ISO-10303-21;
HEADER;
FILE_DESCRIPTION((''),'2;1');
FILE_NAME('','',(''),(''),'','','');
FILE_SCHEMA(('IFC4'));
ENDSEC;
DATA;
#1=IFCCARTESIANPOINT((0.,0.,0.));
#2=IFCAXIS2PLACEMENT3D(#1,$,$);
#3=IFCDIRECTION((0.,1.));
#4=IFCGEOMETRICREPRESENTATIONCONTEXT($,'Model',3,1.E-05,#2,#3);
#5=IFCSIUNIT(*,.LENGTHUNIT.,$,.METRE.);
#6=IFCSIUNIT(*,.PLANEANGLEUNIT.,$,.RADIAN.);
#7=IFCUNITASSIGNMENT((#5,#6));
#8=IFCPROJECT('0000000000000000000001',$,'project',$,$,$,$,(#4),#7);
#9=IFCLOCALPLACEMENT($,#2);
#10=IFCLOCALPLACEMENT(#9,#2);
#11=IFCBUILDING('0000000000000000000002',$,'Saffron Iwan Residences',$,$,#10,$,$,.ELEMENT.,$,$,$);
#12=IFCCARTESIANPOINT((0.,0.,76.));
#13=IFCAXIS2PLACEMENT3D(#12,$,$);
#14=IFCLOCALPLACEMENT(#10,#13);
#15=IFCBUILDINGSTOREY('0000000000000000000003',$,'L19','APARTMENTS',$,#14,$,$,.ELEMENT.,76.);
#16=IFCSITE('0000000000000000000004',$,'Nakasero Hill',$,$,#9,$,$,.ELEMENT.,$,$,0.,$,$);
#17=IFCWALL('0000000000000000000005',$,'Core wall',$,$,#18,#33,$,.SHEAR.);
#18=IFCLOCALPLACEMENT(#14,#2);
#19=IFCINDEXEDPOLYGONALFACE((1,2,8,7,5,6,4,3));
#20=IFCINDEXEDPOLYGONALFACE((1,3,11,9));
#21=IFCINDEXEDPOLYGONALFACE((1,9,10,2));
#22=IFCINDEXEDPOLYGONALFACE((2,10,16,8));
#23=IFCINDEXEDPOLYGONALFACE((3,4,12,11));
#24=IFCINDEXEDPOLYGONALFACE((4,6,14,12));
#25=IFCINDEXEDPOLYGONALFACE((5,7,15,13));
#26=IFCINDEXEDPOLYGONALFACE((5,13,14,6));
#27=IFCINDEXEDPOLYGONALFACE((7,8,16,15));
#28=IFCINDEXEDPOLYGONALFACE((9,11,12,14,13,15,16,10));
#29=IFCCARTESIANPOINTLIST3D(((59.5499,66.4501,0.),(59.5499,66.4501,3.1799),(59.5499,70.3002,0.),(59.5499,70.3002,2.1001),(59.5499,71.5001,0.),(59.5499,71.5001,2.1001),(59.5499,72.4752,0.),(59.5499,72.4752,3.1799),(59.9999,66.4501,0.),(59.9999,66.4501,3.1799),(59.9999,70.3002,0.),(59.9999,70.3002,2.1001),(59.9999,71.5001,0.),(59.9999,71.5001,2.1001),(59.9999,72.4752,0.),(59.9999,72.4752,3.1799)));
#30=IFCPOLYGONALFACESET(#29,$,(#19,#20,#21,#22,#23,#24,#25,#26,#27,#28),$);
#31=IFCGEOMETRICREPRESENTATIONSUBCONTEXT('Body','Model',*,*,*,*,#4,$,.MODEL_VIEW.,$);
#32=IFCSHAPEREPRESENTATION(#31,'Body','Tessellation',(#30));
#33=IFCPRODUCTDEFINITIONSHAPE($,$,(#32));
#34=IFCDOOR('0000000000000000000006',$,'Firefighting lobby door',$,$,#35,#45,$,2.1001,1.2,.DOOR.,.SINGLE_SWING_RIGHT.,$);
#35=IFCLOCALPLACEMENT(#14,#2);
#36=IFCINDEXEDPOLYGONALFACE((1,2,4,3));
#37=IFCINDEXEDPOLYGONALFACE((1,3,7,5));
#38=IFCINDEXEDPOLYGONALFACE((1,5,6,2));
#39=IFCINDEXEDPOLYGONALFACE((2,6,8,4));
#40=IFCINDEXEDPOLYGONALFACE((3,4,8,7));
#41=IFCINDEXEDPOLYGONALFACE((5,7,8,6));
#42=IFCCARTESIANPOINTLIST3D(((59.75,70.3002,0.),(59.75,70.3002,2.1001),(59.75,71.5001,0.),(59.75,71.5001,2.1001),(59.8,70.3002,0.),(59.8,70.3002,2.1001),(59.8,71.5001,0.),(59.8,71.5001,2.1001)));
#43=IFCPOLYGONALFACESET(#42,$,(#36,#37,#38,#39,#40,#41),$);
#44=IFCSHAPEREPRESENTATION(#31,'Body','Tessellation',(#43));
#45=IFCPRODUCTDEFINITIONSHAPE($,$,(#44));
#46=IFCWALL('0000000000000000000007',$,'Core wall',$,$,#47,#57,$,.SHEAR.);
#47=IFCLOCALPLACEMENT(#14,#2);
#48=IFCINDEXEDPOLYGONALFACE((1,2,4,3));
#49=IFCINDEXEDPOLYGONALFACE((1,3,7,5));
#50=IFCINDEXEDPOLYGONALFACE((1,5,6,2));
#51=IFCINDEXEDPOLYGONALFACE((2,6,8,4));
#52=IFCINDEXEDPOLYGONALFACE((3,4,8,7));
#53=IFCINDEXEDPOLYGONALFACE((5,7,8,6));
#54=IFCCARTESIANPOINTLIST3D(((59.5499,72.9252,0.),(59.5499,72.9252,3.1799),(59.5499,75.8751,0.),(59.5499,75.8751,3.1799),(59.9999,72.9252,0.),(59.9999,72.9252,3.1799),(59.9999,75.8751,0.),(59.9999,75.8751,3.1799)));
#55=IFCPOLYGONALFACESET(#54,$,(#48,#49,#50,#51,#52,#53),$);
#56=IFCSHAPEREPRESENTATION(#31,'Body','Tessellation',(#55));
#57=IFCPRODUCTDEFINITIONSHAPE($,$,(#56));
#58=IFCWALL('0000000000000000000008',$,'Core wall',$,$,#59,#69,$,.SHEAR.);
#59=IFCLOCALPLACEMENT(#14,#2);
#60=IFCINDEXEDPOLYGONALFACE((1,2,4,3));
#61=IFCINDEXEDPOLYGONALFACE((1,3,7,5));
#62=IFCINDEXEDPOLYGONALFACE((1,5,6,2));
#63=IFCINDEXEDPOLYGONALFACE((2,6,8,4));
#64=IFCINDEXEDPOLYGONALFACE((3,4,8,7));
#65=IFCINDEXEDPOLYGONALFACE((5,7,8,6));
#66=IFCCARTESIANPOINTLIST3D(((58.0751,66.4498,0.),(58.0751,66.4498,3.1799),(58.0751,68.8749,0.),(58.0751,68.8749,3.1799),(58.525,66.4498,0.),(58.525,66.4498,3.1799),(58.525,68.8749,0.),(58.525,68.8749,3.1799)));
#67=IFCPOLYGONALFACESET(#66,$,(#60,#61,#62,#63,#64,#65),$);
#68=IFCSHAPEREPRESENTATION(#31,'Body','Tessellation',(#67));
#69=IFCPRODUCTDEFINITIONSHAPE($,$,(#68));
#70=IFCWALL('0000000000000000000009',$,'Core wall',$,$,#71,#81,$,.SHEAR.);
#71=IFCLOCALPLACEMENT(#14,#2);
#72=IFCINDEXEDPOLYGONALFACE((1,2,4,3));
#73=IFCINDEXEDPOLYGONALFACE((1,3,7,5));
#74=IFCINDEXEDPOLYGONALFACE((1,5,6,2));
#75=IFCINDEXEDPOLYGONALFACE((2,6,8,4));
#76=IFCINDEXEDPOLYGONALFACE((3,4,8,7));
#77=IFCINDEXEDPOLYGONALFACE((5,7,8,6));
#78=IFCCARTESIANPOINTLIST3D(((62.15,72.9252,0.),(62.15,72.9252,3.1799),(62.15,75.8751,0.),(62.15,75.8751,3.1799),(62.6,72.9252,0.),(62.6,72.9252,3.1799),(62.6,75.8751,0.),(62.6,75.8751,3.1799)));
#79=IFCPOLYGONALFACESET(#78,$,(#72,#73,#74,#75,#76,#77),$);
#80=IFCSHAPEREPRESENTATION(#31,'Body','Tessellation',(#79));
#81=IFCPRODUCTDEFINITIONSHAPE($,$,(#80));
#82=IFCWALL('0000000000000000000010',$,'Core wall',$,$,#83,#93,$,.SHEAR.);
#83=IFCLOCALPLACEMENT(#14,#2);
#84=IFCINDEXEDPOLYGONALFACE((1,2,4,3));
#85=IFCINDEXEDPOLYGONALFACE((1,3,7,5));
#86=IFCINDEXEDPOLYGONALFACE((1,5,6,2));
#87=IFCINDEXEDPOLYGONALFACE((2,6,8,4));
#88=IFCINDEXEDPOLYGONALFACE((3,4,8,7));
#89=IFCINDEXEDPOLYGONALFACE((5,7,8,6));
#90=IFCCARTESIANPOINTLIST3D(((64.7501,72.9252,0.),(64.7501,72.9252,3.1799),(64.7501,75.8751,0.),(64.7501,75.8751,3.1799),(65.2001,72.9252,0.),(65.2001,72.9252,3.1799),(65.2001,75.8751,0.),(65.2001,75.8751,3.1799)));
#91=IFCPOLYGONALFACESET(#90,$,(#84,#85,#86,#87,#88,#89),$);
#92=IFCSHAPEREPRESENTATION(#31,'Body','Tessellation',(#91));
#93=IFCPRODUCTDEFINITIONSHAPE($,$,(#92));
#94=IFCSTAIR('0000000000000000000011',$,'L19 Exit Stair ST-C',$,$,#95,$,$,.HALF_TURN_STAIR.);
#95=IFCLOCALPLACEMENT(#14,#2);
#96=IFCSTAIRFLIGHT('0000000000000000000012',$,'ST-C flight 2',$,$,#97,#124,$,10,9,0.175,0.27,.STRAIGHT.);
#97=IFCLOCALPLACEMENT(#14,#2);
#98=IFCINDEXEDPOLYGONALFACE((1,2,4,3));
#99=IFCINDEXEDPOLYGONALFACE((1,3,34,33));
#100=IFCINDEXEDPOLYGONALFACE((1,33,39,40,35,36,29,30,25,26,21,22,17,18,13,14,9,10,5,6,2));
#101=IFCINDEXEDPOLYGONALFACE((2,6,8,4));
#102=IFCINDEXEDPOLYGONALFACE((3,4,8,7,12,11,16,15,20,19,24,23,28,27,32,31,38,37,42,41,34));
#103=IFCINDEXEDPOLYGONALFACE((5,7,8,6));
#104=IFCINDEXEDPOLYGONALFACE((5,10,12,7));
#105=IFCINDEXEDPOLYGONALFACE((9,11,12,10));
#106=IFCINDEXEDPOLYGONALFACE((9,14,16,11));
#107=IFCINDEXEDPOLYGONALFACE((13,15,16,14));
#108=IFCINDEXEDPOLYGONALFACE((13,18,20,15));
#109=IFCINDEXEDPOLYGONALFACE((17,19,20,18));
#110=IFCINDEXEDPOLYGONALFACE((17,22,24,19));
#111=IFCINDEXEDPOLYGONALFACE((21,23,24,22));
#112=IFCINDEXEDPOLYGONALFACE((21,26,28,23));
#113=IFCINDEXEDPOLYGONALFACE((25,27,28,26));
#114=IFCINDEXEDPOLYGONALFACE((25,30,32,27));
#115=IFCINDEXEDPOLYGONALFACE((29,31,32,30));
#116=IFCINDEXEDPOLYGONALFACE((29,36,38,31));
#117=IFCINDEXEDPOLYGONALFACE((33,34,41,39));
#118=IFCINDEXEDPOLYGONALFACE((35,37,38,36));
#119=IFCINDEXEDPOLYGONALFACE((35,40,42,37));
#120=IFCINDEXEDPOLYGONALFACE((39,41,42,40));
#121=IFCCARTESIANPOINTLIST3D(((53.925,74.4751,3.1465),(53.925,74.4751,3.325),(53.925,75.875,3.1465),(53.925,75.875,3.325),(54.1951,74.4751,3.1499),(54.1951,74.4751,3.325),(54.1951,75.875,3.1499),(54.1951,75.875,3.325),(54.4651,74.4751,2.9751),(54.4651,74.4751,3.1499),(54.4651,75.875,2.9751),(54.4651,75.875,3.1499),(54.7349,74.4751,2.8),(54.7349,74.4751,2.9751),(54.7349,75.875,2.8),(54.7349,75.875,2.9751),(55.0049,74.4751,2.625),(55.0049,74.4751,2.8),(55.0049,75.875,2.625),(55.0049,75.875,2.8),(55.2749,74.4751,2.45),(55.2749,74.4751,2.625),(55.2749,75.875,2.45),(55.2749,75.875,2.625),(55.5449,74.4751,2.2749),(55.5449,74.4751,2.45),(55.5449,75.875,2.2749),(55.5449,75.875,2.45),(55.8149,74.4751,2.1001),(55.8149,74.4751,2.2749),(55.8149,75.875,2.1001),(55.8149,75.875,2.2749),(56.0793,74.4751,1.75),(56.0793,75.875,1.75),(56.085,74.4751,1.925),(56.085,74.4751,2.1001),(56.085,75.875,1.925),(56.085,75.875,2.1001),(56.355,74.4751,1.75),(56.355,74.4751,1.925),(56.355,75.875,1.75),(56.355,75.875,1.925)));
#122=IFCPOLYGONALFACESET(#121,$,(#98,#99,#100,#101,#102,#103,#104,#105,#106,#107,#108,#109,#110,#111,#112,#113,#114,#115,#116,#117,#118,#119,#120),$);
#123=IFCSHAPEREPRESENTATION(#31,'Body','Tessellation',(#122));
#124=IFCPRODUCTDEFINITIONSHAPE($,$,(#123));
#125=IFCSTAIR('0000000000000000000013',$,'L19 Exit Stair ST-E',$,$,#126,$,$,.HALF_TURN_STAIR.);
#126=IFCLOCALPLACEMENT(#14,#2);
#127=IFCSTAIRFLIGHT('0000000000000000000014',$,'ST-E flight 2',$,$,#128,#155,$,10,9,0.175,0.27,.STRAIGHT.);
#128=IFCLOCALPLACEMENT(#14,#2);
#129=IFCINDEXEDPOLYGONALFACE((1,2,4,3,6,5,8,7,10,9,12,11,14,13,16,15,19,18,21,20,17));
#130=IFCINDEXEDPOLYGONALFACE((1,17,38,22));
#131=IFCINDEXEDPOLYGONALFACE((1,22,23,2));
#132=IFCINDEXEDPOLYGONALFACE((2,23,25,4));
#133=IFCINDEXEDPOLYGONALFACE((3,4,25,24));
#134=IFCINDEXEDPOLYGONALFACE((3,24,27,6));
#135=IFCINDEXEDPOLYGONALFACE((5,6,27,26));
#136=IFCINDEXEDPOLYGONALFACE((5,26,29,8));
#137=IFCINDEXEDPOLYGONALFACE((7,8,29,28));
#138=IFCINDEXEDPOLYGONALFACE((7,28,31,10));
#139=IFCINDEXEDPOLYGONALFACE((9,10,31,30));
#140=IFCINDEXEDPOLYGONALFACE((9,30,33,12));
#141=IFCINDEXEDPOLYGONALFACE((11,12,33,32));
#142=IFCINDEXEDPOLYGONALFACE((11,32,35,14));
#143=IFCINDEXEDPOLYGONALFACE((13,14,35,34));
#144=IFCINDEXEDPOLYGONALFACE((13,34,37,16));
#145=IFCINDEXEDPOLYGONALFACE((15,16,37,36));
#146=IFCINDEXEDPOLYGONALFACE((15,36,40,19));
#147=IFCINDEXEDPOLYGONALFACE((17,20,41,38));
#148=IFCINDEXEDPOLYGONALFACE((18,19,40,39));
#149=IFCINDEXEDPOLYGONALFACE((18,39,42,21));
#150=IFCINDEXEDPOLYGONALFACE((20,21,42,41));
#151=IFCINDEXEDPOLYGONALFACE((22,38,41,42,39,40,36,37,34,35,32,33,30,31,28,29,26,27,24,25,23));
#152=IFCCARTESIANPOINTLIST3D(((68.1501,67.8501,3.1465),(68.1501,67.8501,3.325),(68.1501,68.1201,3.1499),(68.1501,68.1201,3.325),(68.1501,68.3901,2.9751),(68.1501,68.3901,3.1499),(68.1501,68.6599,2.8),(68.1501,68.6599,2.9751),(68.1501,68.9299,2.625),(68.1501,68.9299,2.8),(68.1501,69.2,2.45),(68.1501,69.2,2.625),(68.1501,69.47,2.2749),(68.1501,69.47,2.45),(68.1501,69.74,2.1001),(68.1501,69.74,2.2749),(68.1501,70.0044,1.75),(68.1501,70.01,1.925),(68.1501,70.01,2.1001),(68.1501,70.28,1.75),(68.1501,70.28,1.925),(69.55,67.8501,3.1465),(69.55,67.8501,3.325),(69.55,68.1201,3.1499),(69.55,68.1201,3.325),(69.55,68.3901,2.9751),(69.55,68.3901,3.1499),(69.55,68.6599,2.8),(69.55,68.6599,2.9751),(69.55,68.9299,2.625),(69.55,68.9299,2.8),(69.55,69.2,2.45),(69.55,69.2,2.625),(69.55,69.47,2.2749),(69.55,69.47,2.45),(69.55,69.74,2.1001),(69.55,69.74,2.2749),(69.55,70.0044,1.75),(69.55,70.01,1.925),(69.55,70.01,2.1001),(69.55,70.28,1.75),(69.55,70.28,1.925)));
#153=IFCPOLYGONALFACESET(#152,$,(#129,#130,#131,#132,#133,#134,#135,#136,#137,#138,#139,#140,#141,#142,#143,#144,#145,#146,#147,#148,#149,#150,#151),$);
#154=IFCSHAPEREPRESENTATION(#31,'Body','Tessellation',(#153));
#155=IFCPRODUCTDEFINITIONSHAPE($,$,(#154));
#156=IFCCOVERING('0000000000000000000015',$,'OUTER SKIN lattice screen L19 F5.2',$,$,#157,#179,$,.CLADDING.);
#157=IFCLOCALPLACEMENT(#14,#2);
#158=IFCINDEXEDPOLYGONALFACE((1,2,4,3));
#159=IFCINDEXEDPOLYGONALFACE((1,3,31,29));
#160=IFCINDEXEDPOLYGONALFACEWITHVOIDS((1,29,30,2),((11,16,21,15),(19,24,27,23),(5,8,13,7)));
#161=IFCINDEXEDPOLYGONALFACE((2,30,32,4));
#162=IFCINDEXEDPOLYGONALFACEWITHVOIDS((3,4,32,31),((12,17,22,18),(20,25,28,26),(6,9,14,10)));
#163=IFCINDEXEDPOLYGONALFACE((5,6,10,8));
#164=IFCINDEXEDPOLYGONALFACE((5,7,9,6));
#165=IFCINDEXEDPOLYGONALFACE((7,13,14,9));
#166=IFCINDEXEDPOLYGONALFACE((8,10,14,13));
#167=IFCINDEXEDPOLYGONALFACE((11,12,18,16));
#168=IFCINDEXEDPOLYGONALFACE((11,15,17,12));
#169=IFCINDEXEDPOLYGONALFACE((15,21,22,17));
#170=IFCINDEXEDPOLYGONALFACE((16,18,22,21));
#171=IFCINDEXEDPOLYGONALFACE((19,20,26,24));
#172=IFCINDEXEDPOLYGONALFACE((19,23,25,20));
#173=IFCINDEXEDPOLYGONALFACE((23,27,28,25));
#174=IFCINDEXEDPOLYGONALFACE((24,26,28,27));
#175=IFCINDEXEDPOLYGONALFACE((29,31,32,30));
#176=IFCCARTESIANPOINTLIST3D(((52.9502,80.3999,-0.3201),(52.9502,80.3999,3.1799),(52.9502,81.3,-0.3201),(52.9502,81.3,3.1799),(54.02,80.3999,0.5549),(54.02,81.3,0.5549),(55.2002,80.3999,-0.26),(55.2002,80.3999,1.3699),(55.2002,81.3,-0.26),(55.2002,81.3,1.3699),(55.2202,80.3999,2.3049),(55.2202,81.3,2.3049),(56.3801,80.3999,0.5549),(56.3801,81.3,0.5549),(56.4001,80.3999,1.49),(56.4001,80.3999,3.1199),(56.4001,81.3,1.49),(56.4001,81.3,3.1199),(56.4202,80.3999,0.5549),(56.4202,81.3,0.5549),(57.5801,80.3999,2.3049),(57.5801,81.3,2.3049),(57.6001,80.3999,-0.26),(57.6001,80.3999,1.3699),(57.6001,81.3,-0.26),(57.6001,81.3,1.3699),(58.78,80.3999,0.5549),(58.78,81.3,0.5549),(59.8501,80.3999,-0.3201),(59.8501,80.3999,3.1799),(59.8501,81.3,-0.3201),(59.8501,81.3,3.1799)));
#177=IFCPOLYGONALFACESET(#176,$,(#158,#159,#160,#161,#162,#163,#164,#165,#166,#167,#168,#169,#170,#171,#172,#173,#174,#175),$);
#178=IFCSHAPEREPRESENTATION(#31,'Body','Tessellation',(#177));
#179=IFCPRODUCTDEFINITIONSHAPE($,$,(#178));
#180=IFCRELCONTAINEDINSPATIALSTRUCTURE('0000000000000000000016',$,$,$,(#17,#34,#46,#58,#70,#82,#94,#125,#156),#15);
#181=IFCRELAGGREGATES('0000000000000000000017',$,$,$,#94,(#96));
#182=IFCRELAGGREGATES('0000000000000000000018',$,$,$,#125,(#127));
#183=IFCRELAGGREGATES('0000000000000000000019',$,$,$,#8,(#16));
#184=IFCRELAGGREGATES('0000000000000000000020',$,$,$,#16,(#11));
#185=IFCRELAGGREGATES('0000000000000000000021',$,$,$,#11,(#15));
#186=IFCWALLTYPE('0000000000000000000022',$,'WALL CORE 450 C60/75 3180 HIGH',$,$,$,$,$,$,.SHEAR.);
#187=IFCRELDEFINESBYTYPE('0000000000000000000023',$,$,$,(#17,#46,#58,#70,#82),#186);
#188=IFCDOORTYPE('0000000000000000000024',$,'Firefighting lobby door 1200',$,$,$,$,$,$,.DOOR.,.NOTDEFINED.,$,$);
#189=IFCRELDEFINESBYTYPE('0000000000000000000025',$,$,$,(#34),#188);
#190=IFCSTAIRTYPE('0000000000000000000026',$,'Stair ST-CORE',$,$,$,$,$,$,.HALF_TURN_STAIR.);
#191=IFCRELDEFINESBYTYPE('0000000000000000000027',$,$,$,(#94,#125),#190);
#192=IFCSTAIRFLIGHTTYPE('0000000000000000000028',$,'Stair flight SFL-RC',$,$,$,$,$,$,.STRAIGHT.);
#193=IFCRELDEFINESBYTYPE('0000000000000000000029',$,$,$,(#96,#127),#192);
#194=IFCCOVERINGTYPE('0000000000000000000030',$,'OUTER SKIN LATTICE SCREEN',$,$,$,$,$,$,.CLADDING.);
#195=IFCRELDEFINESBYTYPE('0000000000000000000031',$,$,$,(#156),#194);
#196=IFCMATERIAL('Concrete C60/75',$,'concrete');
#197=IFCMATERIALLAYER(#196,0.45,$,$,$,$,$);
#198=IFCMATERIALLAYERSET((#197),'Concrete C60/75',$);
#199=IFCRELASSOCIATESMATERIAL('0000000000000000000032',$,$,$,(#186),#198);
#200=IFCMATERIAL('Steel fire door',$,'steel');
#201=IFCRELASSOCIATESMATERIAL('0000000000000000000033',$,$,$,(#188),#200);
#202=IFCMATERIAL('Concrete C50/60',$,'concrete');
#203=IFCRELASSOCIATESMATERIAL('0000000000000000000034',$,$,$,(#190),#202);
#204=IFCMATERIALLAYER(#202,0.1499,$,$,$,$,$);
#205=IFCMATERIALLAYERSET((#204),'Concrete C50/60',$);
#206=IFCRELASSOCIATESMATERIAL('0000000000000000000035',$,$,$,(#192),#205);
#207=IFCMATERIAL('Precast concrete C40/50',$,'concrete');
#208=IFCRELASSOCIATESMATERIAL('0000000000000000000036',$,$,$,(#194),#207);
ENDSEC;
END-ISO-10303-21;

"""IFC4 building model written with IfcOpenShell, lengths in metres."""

from ifc_helpers import new_model, si_unit, direction, frame, frame_2d, origin, place, context, subcontext, project, spatial, polyline, rectangle, outline, extrude, material, layer, layer_set, type_object, element, fill, aggregate, save


model = new_model("IFC4")

# Units and contexts
model_context = context("Model", 3, precision=1e-05, world=origin(), true_north=direction((0.0, 1.0)))
body_context = subcontext(model_context, "Body", "Model", "MODEL_VIEW")
ifc_project = project(units=[si_unit("LENGTHUNIT", "METRE"), si_unit("PLANEANGLEUNIT", "RADIAN")], contexts=[model_context])

# Site, building, storey
site_placement = place(None, origin())
site = spatial("IfcSite", under=ifc_project, at=site_placement, Name="Nakasero Hill", CompositionType="ELEMENT", RefElevation=0.0)
building_placement = place(site_placement, origin())
building = spatial("IfcBuilding", under=site, at=building_placement, Name="Saffron Iwan Residences", CompositionType="ELEMENT")
storey_placement = place(building_placement, frame((0.0, 0.0, 76.0)))
storey = spatial("IfcBuildingStorey", under=building, at=storey_placement, Name="L19", Description="APARTMENTS", CompositionType="ELEMENT", Elevation=76.0)

# Shared definitions
ifc_material_1 = material(Name="Concrete C60/75", Category="concrete")

# Shared definitions
ifc_layer_1 = layer(ifc_material_1, 0.45)
ifc_layer_set_1 = layer_set([ifc_layer_1], Name="Concrete C60/75")
wall_type_1 = type_object("IfcWallType", Name="WALL CORE 450 C60/75 3180 HIGH", PredefinedType="SHEAR", material=ifc_layer_set_1)

# Wall, opening, door
ifc_material_2 = material(Name="Steel fire door", Category="steel")
wall_1_placement = place(storey_placement, frame((59.7749, 66.45, 0.0), z_axis=(0.0, 0.0, 1.0), x_axis=(0.0, 1.0, 0.0)))
wall_1 = element("IfcWall", 1, at=wall_1_placement, inside=storey, type_object=wall_type_1, Name="Core wall", PredefinedType="SHEAR", context=body_context, shape_type="SweptSolid", body=[
    extrude(rectangle(XDim=6.0251, YDim=0.45, at=frame_2d((3.0127, 0.0))), origin(), (0.0, 0.0, 1.0), 3.1799),
])
opening_1_placement = place(wall_1_placement, frame((3.8501, 0.0, 0.0)))
opening_1 = element("IfcOpeningElement", 2, at=opening_1_placement, cuts=wall_1, PredefinedType="OPENING", context=body_context, shape_type="SweptSolid", body=[
    extrude(rectangle(XDim=1.2, YDim=2.1001, at=frame_2d((0.6001, 1.05))), frame((0.0, 0.2349, 0.0), z_axis=(0.0, -1.0, 0.0), x_axis=(1.0, 0.0, 0.0)), (0.0, 0.0, 1.0), 0.47),
])
door_type_1 = type_object("IfcDoorType", Name="Firefighting lobby door 1200", OperationType="NOTDEFINED", PredefinedType="DOOR", material=ifc_material_2)
door_1_placement = place(opening_1_placement, origin())
door_1 = element("IfcDoor", 3, at=door_1_placement, inside=storey, type_object=door_type_1, Name="Firefighting lobby door", OperationType="SINGLE_SWING_RIGHT", OverallHeight=2.1001, OverallWidth=1.2, PredefinedType="DOOR", context=body_context, shape_type="SweptSolid", body=[
    extrude(rectangle(XDim=1.2, YDim=2.1001, at=frame_2d((0.6001, 1.05))), frame((0.0, 0.0249, 0.0), z_axis=(0.0, -1.0, 0.0), x_axis=(1.0, 0.0, 0.0)), (0.0, 0.0, 1.0), 0.05),
])
fill(opening_1, door_1)

# Walls
wall_2_placement = place(storey_placement, frame((59.7749, 72.925, 0.0), z_axis=(0.0, 0.0, 1.0), x_axis=(0.0, 1.0, 0.0)))
element("IfcWall", 4, at=wall_2_placement, inside=storey, type_object=wall_type_1, Name="Core wall", PredefinedType="SHEAR", context=body_context, shape_type="SweptSolid", body=[
    extrude(rectangle(XDim=2.95, YDim=0.45, at=frame_2d((1.4751, 0.0))), origin(), (0.0, 0.0, 1.0), 3.1799),
])
wall_3_placement = place(storey_placement, frame((58.3, 66.45, 0.0), z_axis=(0.0, 0.0, 1.0), x_axis=(0.0, 1.0, 0.0)))
element("IfcWall", 5, at=wall_3_placement, inside=storey, type_object=wall_type_1, Name="Core wall", PredefinedType="SHEAR", context=body_context, shape_type="SweptSolid", body=[
    extrude(rectangle(XDim=2.425, YDim=0.45, at=frame_2d((1.2124, 0.0))), origin(), (0.0, 0.0, 1.0), 3.1799),
])
for number, where, z_axis, x_axis, name in (
    (6, (62.375, 72.925, 0.0), (0.0, 0.0, 1.0), (0.0, 1.0, 0.0), "Core wall"),
    (7, (64.9751, 72.925, 0.0), (0.0, 0.0, 1.0), (0.0, 1.0, 0.0), "Core wall"),
):
    element("IfcWall", number, at=place(storey_placement, frame(where, z_axis=z_axis, x_axis=x_axis)), inside=storey, type_object=wall_type_1, Name=name, PredefinedType="SHEAR", context=body_context, shape_type="SweptSolid", body=[
        extrude(rectangle(XDim=2.95, YDim=0.45, at=frame_2d((1.4751, 0.0))), origin(), (0.0, 0.0, 1.0), 3.1799),
    ])

# Stairs, stair flights
ifc_material_3 = material(Name="Concrete C50/60", Category="concrete")
stair_type = type_object("IfcStairType", Name="Stair ST-CORE", PredefinedType="HALF_TURN_STAIR", material=ifc_material_3)
stair_1_placement = place(storey_placement, origin())
stair_1 = element("IfcStair", 8, at=stair_1_placement, inside=storey, type_object=stair_type, Name="L19 Exit Stair ST-C", PredefinedType="HALF_TURN_STAIR")
ifc_layer_2 = layer(ifc_material_3, 0.1499)
ifc_layer_set_2 = layer_set([ifc_layer_2], Name="Concrete C50/60")
stair_flight_type = type_object("IfcStairFlightType", Name="Stair flight SFL-RC", PredefinedType="STRAIGHT", material=ifc_layer_set_2)
stair_flight_1_placement = place(storey_placement, frame((56.355, 75.175, 1.75), z_axis=(0.0, 0.0, 1.0), x_axis=(-1.0, 0.0, 0.0)))
stair_flight_1 = element("IfcStairFlight", 9, at=stair_flight_1_placement, type_object=stair_flight_type, Name="ST-C flight 2", NumberOfRisers=10, NumberOfTreads=9, PredefinedType="STRAIGHT", RiserHeight=0.175, TreadLength=0.27, context=body_context, shape_type="SweptSolid", body=[
    extrude(outline(polyline([(0.0, 0.0), (0.0, 0.175), (0.27, 0.175), (0.27, 0.3501), (0.54, 0.3501), (0.54, 0.5249), (0.8101, 0.5249), (0.8101, 0.7), (1.0801, 0.7), (1.0801, 0.875), (1.3501, 0.875), (1.3501, 1.05), (1.6201, 1.05), (1.6201, 1.2251), (1.8899, 1.2251), (1.8899, 1.3999), (2.1599, 1.3999), (2.1599, 1.575), (2.4299, 1.575), (2.4299, 1.75), (2.4299, 1.3965), (0.2756, 0.0), (0.0, 0.0)])), frame((0.0, 0.7, 0.0), z_axis=(0.0, -1.0, 0.0), x_axis=(1.0, 0.0, 0.0)), (0.0, 0.0, 1.0), 1.3999),
])
aggregate(stair_1, [stair_flight_1])
stair_2_placement = place(storey_placement, origin())
stair_2 = element("IfcStair", 10, at=stair_2_placement, inside=storey, type_object=stair_type, Name="L19 Exit Stair ST-E", PredefinedType="HALF_TURN_STAIR")
stair_flight_2_placement = place(storey_placement, frame((68.8501, 70.28, 1.75), z_axis=(0.0, 0.0, 1.0), x_axis=(0.0, -1.0, 0.0)))
stair_flight_2 = element("IfcStairFlight", 11, at=stair_flight_2_placement, type_object=stair_flight_type, Name="ST-E flight 2", NumberOfRisers=10, NumberOfTreads=9, PredefinedType="STRAIGHT", RiserHeight=0.175, TreadLength=0.27, context=body_context, shape_type="SweptSolid", body=[
    extrude(outline(polyline([(0.0, 0.0), (0.0, 0.175), (0.27, 0.175), (0.27, 0.3501), (0.54, 0.3501), (0.54, 0.5249), (0.8101, 0.5249), (0.8101, 0.7), (1.0801, 0.7), (1.0801, 0.875), (1.3501, 0.875), (1.3501, 1.05), (1.6201, 1.05), (1.6201, 1.2251), (1.8899, 1.2251), (1.8899, 1.3999), (2.1599, 1.3999), (2.1599, 1.575), (2.4299, 1.575), (2.4299, 1.75), (2.4299, 1.3965), (0.2756, 0.0), (0.0, 0.0)])), frame((0.0, 0.7, 0.0), z_axis=(0.0, -1.0, 0.0), x_axis=(1.0, 0.0, 0.0)), (0.0, 0.0, 1.0), 1.3999),
])
aggregate(stair_2, [stair_flight_2])

# Covering
ifc_material_4 = material(Name="Precast concrete C40/50", Category="concrete")
covering_type_1 = type_object("IfcCoveringType", Name="OUTER SKIN LATTICE SCREEN", PredefinedType="CLADDING", material=ifc_material_4)
covering_placement = place(storey_placement, frame((59.8501, 80.3999, -0.3201), z_axis=(0.0, 1.0, 0.0), x_axis=(-1.0, 0.0, 0.0)))
element("IfcCovering", 12, at=covering_placement, inside=storey, type_object=covering_type_1, Name="OUTER SKIN lattice screen L19 F5.2", PredefinedType="CLADDING", context=body_context, shape_type="SweptSolid", body=[
    extrude(outline(polyline([(0.0, 0.0), (6.8999, 0.0), (6.8999, 3.5), (0.0, 3.5), (0.0, 0.0)]), holes=[polyline([(1.0701, 0.875), (2.25, 0.0601), (3.4299, 0.875), (2.25, 1.6899), (1.0701, 0.875)]), polyline([(3.47, 0.875), (4.6499, 0.0601), (5.8301, 0.875), (4.6499, 1.6899), (3.47, 0.875)]), polyline([(2.27, 2.625), (3.45, 1.8101), (4.6299, 2.625), (3.45, 3.4399), (2.27, 2.625)])]), origin(), (0.0, 0.0, 1.0), 0.9001),
])

save(model, "model.ifc")
